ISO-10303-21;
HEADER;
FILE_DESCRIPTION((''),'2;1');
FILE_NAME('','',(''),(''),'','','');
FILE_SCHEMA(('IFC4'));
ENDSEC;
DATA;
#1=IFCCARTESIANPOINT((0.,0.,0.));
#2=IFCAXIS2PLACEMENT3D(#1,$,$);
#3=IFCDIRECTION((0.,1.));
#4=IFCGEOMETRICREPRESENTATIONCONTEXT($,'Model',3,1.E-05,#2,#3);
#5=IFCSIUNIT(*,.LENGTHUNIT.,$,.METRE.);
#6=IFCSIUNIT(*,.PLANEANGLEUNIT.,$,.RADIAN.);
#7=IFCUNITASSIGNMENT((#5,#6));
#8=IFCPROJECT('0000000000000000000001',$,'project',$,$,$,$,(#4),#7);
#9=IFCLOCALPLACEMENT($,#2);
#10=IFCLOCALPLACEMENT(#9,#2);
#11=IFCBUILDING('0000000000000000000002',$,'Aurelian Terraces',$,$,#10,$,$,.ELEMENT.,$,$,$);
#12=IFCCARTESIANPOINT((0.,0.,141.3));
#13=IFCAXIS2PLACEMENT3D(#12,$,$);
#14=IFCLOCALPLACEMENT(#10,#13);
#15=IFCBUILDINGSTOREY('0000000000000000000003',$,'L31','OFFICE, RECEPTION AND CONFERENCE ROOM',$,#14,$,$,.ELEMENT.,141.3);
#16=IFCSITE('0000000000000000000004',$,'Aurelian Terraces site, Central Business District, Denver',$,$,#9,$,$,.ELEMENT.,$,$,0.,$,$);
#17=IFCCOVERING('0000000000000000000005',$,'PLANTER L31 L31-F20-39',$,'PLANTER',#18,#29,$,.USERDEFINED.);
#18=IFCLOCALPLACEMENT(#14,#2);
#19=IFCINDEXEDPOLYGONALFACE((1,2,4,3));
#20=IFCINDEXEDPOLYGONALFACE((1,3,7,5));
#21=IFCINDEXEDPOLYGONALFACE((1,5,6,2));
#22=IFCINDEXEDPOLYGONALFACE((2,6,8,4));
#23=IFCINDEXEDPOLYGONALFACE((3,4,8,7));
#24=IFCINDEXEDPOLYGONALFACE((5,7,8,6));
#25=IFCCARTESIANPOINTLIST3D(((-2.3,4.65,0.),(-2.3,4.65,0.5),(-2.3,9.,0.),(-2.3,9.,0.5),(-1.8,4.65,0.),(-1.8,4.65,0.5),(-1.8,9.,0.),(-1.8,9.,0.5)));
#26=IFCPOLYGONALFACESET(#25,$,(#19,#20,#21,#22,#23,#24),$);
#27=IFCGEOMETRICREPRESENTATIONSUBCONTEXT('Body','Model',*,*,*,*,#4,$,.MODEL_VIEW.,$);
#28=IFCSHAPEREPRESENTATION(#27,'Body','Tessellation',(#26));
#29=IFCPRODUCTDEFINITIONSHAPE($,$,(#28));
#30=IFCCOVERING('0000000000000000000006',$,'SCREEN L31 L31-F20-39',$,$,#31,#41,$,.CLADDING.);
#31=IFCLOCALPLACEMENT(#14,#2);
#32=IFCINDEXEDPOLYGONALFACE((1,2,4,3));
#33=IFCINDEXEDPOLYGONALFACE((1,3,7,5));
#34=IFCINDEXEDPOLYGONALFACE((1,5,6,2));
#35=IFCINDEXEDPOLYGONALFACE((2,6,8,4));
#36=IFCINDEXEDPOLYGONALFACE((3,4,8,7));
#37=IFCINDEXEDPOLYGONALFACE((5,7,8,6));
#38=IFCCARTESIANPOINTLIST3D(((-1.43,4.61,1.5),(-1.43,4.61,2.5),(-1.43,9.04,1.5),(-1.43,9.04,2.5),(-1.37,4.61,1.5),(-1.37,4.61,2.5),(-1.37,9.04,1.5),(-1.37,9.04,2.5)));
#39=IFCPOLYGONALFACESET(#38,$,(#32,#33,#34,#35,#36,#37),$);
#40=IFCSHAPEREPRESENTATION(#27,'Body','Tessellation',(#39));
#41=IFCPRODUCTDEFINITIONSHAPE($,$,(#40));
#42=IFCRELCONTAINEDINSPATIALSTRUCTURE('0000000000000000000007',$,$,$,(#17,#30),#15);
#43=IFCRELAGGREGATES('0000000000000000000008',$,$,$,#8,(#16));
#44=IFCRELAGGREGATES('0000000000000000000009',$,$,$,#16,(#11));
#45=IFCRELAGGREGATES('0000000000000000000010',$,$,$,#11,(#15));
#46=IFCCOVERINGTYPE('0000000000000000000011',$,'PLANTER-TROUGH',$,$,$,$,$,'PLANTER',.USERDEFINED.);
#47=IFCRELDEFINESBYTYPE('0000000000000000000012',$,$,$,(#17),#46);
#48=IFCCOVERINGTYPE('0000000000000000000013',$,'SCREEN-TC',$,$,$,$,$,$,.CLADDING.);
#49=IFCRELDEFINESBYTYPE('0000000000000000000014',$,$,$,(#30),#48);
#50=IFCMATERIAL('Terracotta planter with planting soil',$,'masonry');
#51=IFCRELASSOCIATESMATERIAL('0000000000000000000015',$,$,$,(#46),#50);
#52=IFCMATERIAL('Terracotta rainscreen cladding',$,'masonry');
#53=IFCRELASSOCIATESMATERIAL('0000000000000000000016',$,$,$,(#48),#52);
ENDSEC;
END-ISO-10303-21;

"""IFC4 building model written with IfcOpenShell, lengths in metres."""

from ifc_helpers import new_model, si_unit, direction, frame, origin, origin_2d, place, context, subcontext, project, spatial, rectangle, extrude, source, transform, mapped, material, type_object, element, save


model = new_model("IFC4")

# Units and contexts
model_context = context("Model", 3, precision=1e-05, world=origin(), true_north=direction((0.0, 1.0)))
body_context = subcontext(model_context, "Body", "Model", "MODEL_VIEW")
ifc_project = project(units=[si_unit("LENGTHUNIT", "METRE"), si_unit("PLANEANGLEUNIT", "RADIAN")], contexts=[model_context])

# Site, building, storey
site_placement = place(None, origin())
site = spatial("IfcSite", under=ifc_project, at=site_placement, Name="Aurelian Terraces site, Central Business District, Denver", CompositionType="ELEMENT", RefElevation=0.0)
building_placement = place(site_placement, origin())
building = spatial("IfcBuilding", under=site, at=building_placement, Name="Aurelian Terraces", CompositionType="ELEMENT")
storey_placement = place(building_placement, frame((0.0, 0.0, 141.3)))
storey = spatial("IfcBuildingStorey", under=building, at=storey_placement, Name="L31", Description="OFFICE, RECEPTION AND CONFERENCE ROOM", CompositionType="ELEMENT", Elevation=141.3)

# Shared definitions
ifc_material_1 = material(Name="Terracotta rainscreen cladding", Category="masonry")

# Shared definitions
ifc_material_2 = material(Name="Terracotta planter with planting soil", Category="masonry")
covering_type_1 = type_object("IfcCoveringType", Name="PLANTER-TROUGH", ElementType="PLANTER", PredefinedType="USERDEFINED", material=ifc_material_2)
covering_type_2 = type_object("IfcCoveringType", Name="SCREEN-TC", PredefinedType="CLADDING", material=ifc_material_1)

# Coverings
shared_shape_1 = source(origin(), body_context, "Body", "SweptSolid", [
    extrude(rectangle(XDim=0.5, YDim=4.35, at=origin_2d()), origin(), (0.0, 0.0, 1.0), 0.5),
])
covering_1_placement = place(storey_placement, frame((-2.05, 6.825, 0.0), z_axis=(0.0, 0.0, 1.0), x_axis=(1.0, 0.0, 0.0)))
element("IfcCovering", 1, at=covering_1_placement, inside=storey, type_object=covering_type_1, Name="PLANTER L31 L31-F20-39", ObjectType="PLANTER", PredefinedType="USERDEFINED", context=body_context, shape_type="MappedRepresentation", body=[
    mapped(shared_shape_1, transform((0.0, 0.0, 0.0), scale=1.0)),
])
shared_shape_2 = source(origin(), body_context, "Body", "SweptSolid", [
    extrude(rectangle(XDim=0.06, YDim=4.43, at=origin_2d()), origin(), (0.0, 0.0, 1.0), 1.0),
])
covering_2_placement = place(storey_placement, frame((-1.4, 6.825, 1.5), z_axis=(0.0, 0.0, 1.0), x_axis=(1.0, 0.0, 0.0)))
element("IfcCovering", 2, at=covering_2_placement, inside=storey, type_object=covering_type_2, Name="SCREEN L31 L31-F20-39", PredefinedType="CLADDING", context=body_context, shape_type="MappedRepresentation", body=[
    mapped(shared_shape_2, transform((0.0, 0.0, 0.0), scale=1.0)),
])

save(model, "model.ifc")
